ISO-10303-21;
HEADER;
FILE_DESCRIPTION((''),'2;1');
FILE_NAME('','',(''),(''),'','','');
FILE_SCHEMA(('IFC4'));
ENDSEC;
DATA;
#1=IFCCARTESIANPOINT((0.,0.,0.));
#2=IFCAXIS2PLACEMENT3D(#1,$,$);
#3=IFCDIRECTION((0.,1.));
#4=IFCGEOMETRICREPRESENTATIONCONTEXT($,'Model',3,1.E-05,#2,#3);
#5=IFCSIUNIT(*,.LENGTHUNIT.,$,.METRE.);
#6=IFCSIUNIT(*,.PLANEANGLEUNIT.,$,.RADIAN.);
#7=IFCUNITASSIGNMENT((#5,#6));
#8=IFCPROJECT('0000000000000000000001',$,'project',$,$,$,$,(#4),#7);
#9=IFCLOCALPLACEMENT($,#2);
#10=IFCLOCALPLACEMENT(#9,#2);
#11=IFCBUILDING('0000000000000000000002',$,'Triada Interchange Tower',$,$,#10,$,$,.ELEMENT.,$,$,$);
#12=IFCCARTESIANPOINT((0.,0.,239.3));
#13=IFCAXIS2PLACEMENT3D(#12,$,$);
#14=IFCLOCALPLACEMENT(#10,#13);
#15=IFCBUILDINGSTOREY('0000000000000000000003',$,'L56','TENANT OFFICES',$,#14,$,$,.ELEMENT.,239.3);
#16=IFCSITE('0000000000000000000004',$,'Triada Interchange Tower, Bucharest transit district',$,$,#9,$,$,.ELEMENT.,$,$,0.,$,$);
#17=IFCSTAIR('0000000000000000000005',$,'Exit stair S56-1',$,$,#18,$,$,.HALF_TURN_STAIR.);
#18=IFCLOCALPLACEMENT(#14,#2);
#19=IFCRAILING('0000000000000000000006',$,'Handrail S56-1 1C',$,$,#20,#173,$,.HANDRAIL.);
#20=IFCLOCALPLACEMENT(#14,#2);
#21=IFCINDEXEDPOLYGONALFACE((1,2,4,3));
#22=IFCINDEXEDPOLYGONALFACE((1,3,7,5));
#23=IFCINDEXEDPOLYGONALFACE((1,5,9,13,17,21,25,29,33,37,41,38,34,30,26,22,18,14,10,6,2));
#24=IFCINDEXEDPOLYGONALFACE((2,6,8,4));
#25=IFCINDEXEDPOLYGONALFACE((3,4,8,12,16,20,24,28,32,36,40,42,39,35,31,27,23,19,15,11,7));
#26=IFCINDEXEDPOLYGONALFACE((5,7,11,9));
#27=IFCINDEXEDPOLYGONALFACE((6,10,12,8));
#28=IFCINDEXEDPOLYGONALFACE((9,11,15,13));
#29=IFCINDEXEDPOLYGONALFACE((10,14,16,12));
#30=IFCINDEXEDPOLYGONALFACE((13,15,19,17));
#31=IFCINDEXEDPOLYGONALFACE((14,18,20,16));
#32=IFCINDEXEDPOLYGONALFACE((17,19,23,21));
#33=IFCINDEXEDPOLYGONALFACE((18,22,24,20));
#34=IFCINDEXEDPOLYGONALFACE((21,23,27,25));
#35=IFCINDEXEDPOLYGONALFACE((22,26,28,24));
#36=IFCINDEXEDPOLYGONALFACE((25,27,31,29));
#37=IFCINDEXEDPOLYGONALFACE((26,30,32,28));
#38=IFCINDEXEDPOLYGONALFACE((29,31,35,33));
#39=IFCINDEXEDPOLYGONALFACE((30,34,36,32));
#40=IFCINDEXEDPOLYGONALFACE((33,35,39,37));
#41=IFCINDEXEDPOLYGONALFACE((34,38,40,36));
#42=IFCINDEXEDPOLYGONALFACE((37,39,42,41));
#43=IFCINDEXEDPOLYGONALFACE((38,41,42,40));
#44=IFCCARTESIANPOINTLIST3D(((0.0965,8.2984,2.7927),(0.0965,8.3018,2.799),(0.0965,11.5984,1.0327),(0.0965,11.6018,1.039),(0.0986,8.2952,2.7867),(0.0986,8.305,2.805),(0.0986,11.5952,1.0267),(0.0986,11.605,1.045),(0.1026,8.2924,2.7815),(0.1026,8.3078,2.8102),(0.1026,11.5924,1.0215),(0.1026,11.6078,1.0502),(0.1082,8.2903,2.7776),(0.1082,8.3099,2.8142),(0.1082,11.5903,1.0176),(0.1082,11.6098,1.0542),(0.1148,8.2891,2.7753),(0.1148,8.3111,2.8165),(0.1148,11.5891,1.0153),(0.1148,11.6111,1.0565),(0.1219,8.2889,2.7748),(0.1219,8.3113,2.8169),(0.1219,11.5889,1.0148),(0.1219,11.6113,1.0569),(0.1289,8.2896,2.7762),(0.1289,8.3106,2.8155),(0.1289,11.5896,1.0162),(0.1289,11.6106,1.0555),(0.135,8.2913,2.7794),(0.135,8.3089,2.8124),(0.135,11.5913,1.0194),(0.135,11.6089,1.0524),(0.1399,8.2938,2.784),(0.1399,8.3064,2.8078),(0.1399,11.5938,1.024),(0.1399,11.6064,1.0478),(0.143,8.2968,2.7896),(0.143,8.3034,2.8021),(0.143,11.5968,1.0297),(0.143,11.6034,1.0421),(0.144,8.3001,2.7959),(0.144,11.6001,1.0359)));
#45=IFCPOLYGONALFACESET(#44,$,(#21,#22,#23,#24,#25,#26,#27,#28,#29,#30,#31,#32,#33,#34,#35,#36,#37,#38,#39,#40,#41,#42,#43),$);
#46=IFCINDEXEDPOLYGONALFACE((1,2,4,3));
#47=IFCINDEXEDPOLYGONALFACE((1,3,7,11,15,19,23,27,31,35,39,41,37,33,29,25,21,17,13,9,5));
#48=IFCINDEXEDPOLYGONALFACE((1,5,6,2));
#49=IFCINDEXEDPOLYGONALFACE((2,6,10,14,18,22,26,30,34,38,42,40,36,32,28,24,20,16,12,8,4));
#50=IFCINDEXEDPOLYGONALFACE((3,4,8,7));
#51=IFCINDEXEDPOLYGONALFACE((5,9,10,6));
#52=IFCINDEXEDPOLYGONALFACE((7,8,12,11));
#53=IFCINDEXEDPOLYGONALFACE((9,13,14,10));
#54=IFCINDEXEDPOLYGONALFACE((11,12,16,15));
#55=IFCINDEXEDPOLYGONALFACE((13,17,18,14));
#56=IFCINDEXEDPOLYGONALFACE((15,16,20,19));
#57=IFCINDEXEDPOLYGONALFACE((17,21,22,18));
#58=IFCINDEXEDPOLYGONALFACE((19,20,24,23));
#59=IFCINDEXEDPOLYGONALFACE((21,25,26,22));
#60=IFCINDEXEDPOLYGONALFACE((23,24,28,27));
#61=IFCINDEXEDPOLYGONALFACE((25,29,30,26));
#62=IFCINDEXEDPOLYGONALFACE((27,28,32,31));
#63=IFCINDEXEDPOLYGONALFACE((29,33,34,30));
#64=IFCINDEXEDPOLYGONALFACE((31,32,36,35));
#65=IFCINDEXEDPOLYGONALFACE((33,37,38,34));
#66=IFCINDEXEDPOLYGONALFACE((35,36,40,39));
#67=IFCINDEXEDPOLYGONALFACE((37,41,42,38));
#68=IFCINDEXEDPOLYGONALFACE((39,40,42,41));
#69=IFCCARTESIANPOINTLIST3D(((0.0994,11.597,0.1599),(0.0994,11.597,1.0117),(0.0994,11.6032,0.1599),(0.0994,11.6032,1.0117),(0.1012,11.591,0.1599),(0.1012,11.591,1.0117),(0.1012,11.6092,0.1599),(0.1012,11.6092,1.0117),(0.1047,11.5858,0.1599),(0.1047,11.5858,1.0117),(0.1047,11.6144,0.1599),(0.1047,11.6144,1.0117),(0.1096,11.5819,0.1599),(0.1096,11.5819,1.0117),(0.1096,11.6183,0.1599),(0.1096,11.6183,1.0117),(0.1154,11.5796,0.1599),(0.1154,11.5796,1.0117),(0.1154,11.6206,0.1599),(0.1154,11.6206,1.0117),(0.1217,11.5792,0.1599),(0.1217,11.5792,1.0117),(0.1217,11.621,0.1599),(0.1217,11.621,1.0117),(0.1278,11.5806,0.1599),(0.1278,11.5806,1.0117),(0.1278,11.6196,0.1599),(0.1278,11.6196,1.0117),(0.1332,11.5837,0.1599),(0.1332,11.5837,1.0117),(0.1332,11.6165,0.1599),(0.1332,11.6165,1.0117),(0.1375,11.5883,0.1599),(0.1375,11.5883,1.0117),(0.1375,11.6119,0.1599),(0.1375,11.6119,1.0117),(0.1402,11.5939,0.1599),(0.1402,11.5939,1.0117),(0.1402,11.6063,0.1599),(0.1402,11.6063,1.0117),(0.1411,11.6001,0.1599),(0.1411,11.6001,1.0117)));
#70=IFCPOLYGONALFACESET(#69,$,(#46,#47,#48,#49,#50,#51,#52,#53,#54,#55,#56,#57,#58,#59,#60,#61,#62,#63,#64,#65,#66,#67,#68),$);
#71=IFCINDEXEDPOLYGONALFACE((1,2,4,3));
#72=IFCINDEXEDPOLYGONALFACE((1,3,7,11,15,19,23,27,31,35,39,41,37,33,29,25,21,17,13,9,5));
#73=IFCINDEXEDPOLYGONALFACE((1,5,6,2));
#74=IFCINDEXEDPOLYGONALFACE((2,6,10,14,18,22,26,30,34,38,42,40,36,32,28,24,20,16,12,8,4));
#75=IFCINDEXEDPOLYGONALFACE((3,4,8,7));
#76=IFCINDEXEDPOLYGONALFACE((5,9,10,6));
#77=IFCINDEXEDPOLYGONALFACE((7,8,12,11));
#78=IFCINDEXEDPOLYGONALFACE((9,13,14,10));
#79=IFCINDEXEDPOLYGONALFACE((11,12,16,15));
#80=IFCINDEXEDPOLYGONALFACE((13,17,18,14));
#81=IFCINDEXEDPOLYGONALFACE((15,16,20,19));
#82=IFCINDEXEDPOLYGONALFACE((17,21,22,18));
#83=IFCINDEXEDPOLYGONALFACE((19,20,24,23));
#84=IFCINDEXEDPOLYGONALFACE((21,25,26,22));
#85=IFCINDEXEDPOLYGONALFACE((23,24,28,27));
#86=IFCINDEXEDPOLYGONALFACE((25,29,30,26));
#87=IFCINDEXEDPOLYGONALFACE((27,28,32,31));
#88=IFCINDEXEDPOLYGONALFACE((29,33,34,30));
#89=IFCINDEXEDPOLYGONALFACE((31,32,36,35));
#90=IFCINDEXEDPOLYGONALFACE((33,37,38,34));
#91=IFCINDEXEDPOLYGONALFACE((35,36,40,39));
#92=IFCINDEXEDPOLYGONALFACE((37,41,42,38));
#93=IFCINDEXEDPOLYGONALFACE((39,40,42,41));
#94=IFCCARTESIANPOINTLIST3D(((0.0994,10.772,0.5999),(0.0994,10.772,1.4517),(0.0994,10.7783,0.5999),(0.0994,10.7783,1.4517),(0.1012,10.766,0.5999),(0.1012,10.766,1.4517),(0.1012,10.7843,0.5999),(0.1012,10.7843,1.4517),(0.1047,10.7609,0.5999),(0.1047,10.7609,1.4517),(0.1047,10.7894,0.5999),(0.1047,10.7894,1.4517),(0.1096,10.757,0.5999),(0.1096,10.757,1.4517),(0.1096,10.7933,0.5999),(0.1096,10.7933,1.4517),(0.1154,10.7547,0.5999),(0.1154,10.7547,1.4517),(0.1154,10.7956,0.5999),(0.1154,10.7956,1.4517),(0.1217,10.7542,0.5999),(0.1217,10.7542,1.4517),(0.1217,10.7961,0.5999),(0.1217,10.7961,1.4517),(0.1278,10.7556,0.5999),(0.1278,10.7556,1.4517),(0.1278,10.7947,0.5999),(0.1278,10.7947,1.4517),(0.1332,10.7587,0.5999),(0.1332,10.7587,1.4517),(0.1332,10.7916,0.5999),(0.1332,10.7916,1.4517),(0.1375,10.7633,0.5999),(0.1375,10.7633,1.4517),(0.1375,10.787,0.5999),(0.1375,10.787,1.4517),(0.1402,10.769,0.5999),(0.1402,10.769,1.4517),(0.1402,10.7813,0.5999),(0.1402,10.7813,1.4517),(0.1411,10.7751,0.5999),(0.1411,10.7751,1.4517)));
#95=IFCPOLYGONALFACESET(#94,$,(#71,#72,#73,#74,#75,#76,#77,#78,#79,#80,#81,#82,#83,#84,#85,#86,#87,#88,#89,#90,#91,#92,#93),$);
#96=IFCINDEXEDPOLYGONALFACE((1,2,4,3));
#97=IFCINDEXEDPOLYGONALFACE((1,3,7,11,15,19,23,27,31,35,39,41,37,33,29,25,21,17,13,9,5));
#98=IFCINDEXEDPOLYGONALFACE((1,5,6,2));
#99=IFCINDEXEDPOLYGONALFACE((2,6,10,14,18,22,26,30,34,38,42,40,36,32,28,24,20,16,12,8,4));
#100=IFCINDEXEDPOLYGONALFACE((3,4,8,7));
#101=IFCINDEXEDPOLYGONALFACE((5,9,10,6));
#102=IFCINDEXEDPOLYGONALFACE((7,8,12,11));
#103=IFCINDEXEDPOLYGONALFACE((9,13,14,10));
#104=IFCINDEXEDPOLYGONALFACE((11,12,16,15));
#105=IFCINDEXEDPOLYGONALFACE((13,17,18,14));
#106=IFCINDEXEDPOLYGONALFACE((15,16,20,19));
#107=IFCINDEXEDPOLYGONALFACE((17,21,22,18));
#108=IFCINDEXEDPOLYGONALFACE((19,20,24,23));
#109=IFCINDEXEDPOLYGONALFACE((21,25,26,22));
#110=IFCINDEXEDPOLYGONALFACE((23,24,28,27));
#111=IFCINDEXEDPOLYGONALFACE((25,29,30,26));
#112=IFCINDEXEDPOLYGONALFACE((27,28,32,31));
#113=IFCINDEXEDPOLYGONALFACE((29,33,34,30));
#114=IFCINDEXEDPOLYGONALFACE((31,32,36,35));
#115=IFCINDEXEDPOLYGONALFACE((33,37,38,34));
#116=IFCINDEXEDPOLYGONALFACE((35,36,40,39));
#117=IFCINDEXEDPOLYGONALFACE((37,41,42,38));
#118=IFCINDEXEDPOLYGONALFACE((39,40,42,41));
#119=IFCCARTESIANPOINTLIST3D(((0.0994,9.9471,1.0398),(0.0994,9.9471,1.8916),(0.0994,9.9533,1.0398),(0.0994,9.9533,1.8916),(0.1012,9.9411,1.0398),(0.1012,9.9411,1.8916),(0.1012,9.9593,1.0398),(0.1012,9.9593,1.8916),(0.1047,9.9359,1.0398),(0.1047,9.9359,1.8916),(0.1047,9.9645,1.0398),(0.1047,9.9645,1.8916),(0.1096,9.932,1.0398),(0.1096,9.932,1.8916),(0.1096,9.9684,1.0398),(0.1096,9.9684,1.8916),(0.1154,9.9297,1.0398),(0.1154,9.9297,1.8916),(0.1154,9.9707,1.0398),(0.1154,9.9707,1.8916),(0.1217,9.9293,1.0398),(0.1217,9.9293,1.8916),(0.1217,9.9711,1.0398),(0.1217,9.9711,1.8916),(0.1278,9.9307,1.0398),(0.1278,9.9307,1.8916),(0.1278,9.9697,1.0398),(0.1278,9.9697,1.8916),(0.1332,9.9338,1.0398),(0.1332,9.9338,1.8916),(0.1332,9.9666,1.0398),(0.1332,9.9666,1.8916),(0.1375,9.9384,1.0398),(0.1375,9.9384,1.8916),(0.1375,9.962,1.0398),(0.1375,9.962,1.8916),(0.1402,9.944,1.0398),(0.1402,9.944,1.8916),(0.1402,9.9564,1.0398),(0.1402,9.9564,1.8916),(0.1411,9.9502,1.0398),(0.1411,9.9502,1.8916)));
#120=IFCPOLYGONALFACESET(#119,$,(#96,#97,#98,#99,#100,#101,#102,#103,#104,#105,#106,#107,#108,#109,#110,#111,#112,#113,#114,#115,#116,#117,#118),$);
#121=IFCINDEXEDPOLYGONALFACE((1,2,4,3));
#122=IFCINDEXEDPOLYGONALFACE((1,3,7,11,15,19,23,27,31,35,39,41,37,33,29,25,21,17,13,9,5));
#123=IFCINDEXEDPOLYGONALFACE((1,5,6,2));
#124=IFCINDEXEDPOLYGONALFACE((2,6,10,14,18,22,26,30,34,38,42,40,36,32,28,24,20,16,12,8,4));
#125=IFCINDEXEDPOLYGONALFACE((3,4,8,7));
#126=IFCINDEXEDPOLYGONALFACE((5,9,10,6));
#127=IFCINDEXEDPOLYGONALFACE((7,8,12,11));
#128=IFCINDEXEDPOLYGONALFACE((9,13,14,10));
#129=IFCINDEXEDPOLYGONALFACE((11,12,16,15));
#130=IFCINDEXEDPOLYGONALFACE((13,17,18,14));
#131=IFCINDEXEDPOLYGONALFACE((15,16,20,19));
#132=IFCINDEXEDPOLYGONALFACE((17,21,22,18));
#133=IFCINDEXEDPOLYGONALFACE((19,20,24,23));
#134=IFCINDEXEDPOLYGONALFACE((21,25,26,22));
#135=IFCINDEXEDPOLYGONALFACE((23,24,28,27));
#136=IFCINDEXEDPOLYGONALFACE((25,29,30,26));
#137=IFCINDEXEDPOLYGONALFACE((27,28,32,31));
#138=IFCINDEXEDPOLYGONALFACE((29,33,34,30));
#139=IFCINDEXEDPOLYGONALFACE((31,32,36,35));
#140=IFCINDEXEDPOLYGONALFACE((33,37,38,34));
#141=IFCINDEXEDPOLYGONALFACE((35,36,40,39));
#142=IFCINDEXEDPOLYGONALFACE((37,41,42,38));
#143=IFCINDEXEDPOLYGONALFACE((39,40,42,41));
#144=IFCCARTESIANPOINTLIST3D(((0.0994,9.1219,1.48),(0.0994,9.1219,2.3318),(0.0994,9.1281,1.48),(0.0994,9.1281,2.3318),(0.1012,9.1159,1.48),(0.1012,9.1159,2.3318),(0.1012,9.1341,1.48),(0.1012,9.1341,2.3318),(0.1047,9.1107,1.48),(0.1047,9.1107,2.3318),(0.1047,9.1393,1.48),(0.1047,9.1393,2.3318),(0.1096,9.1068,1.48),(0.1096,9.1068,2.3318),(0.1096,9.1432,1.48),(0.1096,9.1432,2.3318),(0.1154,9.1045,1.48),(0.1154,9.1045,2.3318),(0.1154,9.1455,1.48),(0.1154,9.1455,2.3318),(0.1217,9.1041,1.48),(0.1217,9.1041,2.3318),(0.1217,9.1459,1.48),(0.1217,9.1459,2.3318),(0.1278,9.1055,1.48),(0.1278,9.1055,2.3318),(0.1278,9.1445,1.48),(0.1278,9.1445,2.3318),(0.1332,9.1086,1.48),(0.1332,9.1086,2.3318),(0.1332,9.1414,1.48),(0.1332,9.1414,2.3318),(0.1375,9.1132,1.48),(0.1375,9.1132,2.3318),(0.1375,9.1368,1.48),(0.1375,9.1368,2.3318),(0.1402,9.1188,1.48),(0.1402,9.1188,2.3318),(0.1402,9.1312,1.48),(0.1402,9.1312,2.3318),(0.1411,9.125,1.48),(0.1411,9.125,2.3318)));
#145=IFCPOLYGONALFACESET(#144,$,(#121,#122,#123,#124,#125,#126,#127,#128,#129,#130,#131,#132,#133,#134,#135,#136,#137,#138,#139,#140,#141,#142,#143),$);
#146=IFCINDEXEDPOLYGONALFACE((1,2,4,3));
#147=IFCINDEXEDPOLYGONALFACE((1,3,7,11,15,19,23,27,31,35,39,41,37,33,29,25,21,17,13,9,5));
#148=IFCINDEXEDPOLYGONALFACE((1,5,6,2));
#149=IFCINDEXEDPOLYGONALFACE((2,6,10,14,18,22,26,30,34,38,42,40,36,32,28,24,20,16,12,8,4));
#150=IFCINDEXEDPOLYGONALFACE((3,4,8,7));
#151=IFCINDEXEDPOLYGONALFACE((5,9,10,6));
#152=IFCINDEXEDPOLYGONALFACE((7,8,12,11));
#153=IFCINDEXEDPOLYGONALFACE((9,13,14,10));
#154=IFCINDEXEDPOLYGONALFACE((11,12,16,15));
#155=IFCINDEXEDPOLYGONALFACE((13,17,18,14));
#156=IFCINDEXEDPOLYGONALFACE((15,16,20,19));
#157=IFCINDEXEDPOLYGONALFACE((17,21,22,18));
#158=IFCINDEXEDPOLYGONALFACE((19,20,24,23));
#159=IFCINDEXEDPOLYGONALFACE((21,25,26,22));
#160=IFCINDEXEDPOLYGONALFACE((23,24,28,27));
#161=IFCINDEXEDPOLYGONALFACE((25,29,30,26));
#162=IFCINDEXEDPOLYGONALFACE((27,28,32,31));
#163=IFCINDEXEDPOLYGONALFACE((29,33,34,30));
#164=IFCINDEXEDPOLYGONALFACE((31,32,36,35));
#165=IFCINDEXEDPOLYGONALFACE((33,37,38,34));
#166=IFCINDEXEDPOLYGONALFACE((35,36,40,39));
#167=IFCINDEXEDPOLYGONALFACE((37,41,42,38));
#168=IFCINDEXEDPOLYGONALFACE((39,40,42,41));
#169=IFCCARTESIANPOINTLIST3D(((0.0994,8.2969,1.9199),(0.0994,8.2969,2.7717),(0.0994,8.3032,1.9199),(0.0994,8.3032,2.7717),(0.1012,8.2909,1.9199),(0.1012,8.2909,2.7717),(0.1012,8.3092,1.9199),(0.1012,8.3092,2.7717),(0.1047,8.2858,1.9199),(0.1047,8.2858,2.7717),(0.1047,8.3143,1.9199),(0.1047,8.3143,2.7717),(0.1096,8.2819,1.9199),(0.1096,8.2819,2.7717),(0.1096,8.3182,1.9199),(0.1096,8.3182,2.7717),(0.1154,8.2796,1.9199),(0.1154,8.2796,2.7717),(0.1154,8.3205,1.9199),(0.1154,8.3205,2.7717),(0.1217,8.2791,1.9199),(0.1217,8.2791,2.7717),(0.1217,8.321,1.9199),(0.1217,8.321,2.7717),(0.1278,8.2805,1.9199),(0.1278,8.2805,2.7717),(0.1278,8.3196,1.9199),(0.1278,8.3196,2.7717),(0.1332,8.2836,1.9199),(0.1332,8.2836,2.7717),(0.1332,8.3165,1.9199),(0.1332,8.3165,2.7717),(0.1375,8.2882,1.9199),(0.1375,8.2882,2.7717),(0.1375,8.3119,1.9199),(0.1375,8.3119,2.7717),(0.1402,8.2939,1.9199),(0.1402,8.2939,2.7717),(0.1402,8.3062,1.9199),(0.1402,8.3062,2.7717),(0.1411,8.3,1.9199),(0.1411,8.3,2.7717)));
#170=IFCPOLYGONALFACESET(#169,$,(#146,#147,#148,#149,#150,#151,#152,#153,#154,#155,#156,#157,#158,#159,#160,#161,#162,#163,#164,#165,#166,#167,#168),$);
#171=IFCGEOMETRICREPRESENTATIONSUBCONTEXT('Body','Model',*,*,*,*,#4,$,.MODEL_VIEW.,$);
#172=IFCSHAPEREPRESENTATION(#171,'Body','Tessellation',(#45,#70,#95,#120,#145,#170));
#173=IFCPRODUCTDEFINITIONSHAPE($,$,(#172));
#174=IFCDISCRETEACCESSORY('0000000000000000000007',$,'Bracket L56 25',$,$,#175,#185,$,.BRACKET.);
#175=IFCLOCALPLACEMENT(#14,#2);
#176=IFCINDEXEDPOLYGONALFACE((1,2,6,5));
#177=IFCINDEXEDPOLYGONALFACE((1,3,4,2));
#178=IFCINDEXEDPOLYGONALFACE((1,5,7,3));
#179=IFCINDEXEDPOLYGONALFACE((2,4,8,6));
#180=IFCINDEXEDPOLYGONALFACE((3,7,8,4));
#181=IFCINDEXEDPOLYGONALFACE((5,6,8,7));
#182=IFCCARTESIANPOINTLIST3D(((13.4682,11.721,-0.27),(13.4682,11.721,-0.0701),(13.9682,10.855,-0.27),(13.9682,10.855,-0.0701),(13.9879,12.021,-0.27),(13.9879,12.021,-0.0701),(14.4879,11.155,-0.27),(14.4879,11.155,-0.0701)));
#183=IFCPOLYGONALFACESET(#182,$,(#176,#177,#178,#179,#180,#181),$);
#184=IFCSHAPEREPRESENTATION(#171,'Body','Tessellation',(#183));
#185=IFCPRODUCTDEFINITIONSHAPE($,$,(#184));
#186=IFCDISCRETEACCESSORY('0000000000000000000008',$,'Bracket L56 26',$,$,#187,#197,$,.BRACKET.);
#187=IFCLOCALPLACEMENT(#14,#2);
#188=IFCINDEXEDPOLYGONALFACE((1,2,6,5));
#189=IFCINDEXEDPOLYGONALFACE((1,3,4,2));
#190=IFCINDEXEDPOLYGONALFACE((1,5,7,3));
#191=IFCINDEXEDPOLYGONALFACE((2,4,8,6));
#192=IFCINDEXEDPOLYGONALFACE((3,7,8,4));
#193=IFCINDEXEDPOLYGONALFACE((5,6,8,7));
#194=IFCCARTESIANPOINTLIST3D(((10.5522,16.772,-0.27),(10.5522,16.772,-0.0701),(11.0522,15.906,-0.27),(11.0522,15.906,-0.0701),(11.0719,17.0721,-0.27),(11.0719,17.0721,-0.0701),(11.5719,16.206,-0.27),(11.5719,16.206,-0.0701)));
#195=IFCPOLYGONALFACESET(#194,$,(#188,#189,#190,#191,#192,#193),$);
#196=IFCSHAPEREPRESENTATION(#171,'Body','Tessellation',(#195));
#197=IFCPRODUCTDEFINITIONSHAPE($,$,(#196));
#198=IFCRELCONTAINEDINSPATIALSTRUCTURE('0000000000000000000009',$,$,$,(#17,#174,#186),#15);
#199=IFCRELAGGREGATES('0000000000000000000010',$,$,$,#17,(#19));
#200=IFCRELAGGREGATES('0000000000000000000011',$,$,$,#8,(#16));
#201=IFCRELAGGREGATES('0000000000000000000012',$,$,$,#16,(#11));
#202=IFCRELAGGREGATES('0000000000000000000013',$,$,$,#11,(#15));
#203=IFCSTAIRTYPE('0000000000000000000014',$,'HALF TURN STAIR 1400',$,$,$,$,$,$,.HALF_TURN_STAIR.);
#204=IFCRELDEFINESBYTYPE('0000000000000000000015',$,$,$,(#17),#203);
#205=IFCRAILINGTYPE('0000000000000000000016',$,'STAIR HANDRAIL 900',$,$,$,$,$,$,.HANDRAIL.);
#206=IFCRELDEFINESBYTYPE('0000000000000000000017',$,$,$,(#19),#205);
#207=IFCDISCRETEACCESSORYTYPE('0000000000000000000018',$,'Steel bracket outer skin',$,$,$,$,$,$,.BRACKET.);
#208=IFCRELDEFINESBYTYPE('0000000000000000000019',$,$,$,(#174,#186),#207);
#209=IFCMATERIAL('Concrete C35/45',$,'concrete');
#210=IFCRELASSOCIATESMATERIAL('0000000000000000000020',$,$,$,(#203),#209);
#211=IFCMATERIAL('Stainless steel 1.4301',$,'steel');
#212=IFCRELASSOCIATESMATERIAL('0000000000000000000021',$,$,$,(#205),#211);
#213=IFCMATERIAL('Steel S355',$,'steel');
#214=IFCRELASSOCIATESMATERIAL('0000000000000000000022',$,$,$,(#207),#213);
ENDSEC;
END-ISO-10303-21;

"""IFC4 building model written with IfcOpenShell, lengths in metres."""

from ifc_helpers import new_model, si_unit, direction, frame, origin, origin_2d, place, context, subcontext, project, spatial, rectangle, circle, extrude, material, type_object, element, aggregate, save


model = new_model("IFC4")

# Units and contexts
model_context = context("Model", 3, precision=1e-05, world=origin(), true_north=direction((0.0, 1.0)))
body_context = subcontext(model_context, "Body", "Model", "MODEL_VIEW")
ifc_project = project(units=[si_unit("LENGTHUNIT", "METRE"), si_unit("PLANEANGLEUNIT", "RADIAN")], contexts=[model_context])

# Site, building, storey
site_placement = place(None, origin())
site = spatial("IfcSite", under=ifc_project, at=site_placement, Name="Triada Interchange Tower, Bucharest transit district", CompositionType="ELEMENT", RefElevation=0.0)
building_placement = place(site_placement, origin())
building = spatial("IfcBuilding", under=site, at=building_placement, Name="Triada Interchange Tower", CompositionType="ELEMENT")
storey_placement = place(building_placement, frame((0.0, 0.0, 239.3)))
storey = spatial("IfcBuildingStorey", under=building, at=storey_placement, Name="L56", Description="TENANT OFFICES", CompositionType="ELEMENT", Elevation=239.3)

# Stair
ifc_material_1 = material(Name="Concrete C35/45", Category="concrete")
stair_type = type_object("IfcStairType", Name="HALF TURN STAIR 1400", PredefinedType="HALF_TURN_STAIR", material=ifc_material_1)
stair_placement = place(storey_placement, origin())
stair = element("IfcStair", 1, at=stair_placement, inside=storey, type_object=stair_type, Name="Exit stair S56-1", PredefinedType="HALF_TURN_STAIR")

# Railing
ifc_material_2 = material(Name="Stainless steel 1.4301", Category="steel")
railing_type = type_object("IfcRailingType", Name="STAIR HANDRAIL 900", PredefinedType="HANDRAIL", material=ifc_material_2)
railing_1_placement = place(storey_placement, frame((0.1201, 11.6001, 0.1599)))
railing_1 = element("IfcRailing", 2, at=railing_1_placement, type_object=railing_type, Name="Handrail S56-1 1C", PredefinedType="HANDRAIL", context=body_context, shape_type="SweptSolid", body=[
    extrude(circle(Radius=0.0239, at=origin_2d()), frame((0.0, 0.0, 0.876), z_axis=(0.0, -0.882355, 0.470585), x_axis=(1.0, 0.0, 0.0)), (0.0, 0.0, 1.0), 3.74),
    extrude(circle(Radius=0.021, at=origin_2d()), origin(), (0.0, 0.0, 1.0), 0.8518),
    extrude(circle(Radius=0.021, at=origin_2d()), frame((0.0, -0.825, 0.4399)), (0.0, 0.0, 1.0), 0.8518),
    extrude(circle(Radius=0.021, at=origin_2d()), frame((0.0, -1.6499, 0.8799)), (0.0, 0.0, 1.0), 0.8518),
    extrude(circle(Radius=0.021, at=origin_2d()), frame((0.0, -2.4751, 1.3201)), (0.0, 0.0, 1.0), 0.8518),
    extrude(circle(Radius=0.021, at=origin_2d()), frame((0.0, -3.3, 1.76)), (0.0, 0.0, 1.0), 0.8518),
])
aggregate(stair, [railing_1])

# Discrete accessories
ifc_material_3 = material(Name="Steel S355", Category="steel")
discrete_accessory_type = type_object("IfcDiscreteAccessoryType", Name="Steel bracket outer skin", PredefinedType="BRACKET", material=ifc_material_3)
for number, where, z_axis, x_axis, name in (
    (3, (13.978, 11.438, -0.27), (0.0, 0.0, 1.0), (0.86603, 0.499991, 0.0), "Bracket L56 25"),
    (4, (11.062, 16.489, -0.27), (0.0, 0.0, 1.0), (0.86603, 0.499991, 0.0), "Bracket L56 26"),
):
    element("IfcDiscreteAccessory", number, at=place(storey_placement, frame(where, z_axis=z_axis, x_axis=x_axis)), inside=storey, type_object=discrete_accessory_type, Name=name, PredefinedType="BRACKET", context=body_context, shape_type="SweptSolid", body=[
        extrude(rectangle(XDim=0.6001, YDim=1.0, at=origin_2d()), origin(), (0.0, 0.0, 1.0), 0.2),
    ])

save(model, "model.ifc")
